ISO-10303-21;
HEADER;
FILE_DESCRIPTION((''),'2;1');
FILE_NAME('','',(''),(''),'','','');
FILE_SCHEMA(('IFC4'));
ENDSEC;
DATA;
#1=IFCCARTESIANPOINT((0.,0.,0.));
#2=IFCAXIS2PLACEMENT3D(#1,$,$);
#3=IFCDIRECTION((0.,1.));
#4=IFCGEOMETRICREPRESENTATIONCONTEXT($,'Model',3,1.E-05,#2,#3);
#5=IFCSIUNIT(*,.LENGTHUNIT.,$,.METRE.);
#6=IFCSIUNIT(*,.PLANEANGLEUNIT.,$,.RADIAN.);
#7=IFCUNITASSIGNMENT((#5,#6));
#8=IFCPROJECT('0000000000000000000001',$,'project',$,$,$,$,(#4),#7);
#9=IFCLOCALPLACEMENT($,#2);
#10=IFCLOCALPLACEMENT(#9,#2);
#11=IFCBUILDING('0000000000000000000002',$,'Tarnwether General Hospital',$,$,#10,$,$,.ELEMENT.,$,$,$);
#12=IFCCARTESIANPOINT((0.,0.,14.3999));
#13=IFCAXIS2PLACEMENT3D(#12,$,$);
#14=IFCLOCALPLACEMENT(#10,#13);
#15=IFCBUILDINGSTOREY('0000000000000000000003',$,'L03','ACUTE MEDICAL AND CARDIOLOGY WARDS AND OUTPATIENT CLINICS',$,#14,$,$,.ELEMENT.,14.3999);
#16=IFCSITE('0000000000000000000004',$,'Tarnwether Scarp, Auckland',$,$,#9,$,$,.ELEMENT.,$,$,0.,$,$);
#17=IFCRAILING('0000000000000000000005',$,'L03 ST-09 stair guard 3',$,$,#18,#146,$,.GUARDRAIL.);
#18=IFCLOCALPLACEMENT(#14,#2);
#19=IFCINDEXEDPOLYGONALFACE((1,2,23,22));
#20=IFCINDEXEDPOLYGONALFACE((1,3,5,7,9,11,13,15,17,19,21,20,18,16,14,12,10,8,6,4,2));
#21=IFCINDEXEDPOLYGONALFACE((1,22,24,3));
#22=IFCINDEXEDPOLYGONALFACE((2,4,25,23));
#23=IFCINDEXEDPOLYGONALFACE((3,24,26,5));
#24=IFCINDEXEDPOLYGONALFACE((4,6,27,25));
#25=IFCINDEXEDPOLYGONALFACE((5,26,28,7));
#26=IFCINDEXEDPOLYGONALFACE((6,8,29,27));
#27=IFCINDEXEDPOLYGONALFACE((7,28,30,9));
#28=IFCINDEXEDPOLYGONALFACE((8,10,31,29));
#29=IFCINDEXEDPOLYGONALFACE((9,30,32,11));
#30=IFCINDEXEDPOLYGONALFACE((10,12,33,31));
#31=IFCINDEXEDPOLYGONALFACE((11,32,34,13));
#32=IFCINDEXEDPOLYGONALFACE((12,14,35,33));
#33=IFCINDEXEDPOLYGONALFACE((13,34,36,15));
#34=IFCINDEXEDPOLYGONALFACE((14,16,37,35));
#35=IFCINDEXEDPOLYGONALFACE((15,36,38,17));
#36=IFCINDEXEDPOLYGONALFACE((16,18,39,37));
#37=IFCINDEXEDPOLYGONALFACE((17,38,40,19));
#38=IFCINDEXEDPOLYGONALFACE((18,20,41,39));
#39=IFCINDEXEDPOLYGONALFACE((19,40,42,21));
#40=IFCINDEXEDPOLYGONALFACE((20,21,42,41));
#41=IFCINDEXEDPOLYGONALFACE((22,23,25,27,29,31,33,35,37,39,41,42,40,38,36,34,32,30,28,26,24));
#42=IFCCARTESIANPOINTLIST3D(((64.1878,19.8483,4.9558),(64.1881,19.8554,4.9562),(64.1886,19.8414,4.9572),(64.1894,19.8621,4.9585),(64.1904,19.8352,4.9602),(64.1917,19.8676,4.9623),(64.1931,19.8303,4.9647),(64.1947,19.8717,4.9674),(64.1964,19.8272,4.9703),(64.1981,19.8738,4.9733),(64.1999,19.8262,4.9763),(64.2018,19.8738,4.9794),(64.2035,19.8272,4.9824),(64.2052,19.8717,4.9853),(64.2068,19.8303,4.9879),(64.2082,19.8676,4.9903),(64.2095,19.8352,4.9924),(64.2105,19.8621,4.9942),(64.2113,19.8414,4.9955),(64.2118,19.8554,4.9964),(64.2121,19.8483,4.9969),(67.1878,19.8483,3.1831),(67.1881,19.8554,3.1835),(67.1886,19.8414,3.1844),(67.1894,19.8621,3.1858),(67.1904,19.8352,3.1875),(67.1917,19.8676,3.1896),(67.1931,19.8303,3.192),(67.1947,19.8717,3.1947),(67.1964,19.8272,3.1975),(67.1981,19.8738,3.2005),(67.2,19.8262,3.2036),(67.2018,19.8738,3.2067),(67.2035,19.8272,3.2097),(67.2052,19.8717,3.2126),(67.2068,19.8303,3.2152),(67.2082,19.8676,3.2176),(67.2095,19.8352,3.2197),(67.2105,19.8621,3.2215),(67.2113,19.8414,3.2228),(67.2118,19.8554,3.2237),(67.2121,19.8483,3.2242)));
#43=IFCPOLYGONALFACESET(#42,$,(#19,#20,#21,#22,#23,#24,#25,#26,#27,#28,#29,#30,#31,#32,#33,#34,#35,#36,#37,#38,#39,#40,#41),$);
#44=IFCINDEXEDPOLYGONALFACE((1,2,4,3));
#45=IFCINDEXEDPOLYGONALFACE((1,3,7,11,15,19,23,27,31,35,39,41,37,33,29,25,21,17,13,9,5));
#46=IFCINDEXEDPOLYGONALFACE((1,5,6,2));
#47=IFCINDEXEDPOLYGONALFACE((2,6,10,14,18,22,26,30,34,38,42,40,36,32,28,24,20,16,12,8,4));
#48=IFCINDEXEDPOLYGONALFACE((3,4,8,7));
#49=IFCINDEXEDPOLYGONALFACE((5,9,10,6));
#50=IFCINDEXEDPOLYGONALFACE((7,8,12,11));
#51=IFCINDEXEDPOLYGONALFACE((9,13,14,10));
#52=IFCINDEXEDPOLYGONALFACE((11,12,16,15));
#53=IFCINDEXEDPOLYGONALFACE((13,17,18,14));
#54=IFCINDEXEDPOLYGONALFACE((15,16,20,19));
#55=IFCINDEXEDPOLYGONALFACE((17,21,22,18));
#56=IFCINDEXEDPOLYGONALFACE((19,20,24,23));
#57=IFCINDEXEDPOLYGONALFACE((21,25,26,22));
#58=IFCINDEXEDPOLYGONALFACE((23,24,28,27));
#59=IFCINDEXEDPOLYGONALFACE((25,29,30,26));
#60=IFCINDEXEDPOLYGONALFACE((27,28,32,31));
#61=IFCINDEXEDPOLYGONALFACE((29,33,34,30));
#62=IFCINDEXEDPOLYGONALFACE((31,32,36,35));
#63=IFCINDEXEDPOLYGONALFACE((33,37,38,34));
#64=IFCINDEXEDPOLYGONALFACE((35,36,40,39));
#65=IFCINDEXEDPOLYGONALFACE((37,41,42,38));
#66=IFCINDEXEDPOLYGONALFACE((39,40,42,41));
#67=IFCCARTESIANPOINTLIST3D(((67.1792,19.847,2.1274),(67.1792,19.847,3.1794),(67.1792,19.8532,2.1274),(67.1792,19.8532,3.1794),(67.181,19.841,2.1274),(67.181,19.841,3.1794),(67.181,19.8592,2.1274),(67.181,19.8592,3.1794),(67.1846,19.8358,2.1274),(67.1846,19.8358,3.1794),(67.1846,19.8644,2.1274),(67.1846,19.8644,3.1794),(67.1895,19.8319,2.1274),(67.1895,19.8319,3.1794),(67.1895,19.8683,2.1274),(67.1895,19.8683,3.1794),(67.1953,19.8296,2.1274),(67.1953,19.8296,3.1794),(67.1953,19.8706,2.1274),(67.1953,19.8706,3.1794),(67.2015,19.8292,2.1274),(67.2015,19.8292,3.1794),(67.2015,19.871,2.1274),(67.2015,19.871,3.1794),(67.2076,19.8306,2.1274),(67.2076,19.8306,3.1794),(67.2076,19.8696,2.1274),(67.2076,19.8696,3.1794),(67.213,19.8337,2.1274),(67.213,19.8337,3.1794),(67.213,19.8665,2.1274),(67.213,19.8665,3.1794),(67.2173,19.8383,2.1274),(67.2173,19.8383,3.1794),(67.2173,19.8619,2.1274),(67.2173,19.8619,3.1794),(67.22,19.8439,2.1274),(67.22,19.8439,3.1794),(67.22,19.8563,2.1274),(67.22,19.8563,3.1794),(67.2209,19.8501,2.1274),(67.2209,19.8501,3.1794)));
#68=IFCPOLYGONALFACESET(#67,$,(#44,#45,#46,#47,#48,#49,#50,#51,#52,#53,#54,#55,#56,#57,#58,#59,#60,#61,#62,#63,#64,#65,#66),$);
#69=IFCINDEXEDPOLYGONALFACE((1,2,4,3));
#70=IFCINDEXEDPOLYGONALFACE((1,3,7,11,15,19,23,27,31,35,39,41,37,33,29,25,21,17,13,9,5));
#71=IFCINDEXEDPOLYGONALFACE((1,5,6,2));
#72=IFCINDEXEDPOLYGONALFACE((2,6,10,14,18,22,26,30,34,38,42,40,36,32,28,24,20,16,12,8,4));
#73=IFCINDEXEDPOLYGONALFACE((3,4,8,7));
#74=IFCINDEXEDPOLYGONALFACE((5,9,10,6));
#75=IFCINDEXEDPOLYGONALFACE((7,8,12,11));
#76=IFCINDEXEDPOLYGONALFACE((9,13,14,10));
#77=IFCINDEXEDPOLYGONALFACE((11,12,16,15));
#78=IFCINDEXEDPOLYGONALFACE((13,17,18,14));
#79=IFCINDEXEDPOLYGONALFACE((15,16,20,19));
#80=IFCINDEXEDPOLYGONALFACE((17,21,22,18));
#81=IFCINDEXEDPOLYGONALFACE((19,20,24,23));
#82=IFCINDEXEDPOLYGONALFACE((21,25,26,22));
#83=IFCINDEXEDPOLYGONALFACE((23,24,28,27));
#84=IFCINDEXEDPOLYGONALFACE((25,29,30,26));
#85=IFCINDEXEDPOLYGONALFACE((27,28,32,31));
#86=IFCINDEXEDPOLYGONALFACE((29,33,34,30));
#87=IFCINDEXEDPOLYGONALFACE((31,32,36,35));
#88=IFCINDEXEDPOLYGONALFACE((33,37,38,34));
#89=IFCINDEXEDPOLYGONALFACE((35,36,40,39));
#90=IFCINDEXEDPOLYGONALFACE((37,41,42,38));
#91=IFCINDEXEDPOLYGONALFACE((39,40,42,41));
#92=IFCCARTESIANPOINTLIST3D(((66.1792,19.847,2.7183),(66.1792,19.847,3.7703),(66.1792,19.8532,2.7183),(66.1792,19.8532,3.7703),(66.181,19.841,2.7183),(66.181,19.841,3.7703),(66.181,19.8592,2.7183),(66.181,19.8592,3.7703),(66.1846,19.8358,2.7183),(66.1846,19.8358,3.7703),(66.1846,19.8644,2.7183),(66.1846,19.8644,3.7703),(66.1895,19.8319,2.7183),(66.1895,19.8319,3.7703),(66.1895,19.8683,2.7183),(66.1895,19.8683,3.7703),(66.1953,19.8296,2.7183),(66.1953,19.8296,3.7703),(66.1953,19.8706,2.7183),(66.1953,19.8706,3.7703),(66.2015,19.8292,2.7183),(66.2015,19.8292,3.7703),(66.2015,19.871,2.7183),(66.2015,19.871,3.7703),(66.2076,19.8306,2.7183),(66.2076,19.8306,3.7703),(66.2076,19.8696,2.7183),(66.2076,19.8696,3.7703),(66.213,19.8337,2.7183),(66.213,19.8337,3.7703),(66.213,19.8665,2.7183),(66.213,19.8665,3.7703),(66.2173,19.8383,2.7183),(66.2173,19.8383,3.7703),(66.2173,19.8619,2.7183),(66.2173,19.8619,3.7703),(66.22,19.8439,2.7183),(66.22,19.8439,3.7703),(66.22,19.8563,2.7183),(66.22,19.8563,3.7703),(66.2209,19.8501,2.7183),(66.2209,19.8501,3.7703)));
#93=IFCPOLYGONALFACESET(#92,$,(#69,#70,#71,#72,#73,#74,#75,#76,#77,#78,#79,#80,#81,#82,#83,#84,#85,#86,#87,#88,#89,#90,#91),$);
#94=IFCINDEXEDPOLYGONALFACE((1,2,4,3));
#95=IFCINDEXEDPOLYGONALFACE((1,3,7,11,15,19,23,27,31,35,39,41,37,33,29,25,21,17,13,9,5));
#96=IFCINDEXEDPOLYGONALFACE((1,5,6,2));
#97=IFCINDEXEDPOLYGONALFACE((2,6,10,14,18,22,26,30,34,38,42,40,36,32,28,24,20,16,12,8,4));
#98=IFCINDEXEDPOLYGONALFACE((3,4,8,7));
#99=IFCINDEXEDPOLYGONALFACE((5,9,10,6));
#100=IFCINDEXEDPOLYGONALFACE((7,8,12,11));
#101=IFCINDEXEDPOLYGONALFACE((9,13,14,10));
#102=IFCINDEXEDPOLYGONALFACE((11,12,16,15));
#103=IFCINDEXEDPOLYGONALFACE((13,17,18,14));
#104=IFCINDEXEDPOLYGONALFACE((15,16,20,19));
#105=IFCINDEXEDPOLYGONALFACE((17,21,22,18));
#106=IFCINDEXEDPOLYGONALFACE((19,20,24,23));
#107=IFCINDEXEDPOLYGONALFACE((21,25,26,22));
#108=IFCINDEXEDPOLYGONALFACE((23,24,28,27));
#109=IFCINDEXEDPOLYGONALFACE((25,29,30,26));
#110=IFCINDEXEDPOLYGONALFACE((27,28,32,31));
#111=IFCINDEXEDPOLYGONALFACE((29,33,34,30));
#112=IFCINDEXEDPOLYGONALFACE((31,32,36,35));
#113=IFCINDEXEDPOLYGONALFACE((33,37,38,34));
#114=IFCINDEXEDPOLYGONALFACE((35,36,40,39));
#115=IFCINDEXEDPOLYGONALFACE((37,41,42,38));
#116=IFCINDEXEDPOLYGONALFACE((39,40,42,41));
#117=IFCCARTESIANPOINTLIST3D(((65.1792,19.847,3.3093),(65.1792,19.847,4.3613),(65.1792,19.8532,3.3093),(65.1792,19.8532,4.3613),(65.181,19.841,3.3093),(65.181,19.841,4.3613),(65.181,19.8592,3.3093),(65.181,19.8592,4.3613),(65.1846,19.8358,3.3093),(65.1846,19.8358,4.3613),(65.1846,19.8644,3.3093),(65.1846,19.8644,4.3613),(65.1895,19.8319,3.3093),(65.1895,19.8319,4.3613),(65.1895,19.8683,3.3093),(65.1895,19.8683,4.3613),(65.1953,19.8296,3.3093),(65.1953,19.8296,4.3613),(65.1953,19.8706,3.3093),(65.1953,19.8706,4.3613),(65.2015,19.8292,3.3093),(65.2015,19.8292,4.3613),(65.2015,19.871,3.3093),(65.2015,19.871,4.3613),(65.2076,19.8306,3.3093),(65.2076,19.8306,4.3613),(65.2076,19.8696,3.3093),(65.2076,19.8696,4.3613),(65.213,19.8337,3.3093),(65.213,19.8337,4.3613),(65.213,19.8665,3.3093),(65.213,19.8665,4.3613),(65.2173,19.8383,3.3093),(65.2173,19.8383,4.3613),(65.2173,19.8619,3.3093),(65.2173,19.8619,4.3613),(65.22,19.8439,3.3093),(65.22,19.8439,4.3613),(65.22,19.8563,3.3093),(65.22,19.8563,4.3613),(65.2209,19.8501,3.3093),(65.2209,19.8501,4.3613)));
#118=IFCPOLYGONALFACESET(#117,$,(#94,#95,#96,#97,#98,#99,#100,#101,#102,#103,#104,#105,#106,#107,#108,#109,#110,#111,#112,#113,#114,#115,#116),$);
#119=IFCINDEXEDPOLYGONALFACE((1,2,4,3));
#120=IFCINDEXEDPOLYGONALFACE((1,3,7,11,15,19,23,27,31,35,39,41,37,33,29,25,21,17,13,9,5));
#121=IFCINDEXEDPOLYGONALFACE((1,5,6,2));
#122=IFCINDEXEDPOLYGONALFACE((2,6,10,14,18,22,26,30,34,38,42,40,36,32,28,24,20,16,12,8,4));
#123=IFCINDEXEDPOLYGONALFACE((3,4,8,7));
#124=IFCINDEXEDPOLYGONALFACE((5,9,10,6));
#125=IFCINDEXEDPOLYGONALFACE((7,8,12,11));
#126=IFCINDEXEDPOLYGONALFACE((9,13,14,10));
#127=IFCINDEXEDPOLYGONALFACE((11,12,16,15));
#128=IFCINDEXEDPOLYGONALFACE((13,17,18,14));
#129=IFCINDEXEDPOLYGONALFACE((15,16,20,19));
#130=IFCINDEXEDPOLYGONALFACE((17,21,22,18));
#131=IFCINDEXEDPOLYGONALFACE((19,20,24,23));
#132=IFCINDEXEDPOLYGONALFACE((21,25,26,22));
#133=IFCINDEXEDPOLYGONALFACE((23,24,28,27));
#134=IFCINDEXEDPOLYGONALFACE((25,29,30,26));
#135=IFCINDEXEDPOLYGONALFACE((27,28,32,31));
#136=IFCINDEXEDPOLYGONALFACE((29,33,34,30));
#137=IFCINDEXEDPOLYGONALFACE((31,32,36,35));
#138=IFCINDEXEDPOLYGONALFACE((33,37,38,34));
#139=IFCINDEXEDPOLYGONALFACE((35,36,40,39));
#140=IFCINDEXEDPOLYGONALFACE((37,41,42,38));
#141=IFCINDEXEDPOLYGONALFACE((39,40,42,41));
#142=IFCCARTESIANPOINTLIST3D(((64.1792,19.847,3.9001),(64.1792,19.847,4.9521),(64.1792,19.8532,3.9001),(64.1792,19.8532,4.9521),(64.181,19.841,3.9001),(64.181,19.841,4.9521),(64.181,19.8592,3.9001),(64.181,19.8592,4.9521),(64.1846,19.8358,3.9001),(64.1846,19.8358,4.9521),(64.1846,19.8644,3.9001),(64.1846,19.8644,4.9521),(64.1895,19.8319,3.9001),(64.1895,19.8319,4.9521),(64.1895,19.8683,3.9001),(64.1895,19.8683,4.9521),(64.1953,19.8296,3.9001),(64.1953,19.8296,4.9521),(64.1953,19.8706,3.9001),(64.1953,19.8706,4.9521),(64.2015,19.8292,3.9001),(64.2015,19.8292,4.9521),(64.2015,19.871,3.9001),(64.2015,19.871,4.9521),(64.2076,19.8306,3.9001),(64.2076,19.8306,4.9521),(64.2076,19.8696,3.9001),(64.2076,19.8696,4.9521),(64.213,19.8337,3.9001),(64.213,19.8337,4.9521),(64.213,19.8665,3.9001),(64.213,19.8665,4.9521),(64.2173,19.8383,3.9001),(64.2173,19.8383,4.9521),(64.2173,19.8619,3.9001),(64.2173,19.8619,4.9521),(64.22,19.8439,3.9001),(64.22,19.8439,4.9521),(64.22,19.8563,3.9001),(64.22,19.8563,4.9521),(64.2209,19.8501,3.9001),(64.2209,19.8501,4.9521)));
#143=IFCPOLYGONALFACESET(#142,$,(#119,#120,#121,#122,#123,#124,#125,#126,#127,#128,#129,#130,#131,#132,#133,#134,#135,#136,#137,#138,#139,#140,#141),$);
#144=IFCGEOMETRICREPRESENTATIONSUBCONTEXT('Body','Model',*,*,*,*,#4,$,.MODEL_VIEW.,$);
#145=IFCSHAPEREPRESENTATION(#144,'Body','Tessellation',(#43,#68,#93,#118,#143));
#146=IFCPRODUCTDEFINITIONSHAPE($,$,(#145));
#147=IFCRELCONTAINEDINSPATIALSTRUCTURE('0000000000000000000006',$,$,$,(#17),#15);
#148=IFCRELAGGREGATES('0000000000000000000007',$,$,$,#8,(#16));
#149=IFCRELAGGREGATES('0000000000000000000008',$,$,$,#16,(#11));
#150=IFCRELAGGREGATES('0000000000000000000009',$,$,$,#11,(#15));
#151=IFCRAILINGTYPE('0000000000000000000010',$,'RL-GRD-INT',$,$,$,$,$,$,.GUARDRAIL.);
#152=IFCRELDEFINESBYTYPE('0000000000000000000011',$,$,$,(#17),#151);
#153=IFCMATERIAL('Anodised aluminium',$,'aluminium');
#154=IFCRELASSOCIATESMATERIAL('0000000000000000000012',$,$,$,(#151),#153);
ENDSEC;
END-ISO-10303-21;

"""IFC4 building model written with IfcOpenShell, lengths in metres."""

from ifc_helpers import new_model, si_unit, direction, frame, origin, origin_2d, place, context, subcontext, project, spatial, circle, extrude, material, type_object, element, save


model = new_model("IFC4")

# Units and contexts
model_context = context("Model", 3, precision=1e-05, world=origin(), true_north=direction((0.0, 1.0)))
body_context = subcontext(model_context, "Body", "Model", "MODEL_VIEW")
ifc_project = project(units=[si_unit("LENGTHUNIT", "METRE"), si_unit("PLANEANGLEUNIT", "RADIAN")], contexts=[model_context])

# Site, building, storey
site_placement = place(None, origin())
site = spatial("IfcSite", under=ifc_project, at=site_placement, Name="Tarnwether Scarp, Auckland", CompositionType="ELEMENT", RefElevation=0.0)
building_placement = place(site_placement, origin())
building = spatial("IfcBuilding", under=site, at=building_placement, Name="Tarnwether General Hospital", CompositionType="ELEMENT")
storey_placement = place(building_placement, frame((0.0, 0.0, 14.3999)))
storey = spatial("IfcBuildingStorey", under=building, at=storey_placement, Name="L03", Description="ACUTE MEDICAL AND CARDIOLOGY WARDS AND OUTPATIENT CLINICS", CompositionType="ELEMENT", Elevation=14.3999)

# Railing
ifc_material_1 = material(Name="Anodised aluminium", Category="aluminium")
railing_type = type_object("IfcRailingType", Name="RL-GRD-INT", PredefinedType="GUARDRAIL", material=ifc_material_1)
railing_1_placement = place(storey_placement, frame((67.2, 19.8501, 2.1274)))
element("IfcRailing", 1, at=railing_1_placement, inside=storey, type_object=railing_type, Name="L03 ST-09 stair guard 3", PredefinedType="GUARDRAIL", context=body_context, shape_type="SweptSolid", body=[
    extrude(circle(Radius=0.0239, at=origin_2d()), frame((0.0, 0.0, 1.0762), z_axis=(-0.860929, 0.0, 0.508725), x_axis=(0.0, -1.0, 0.0)), (0.0, 0.0, 1.0), 3.4846),
    extrude(circle(Radius=0.021, at=origin_2d()), origin(), (0.0, 0.0, 1.0), 1.052),
    extrude(circle(Radius=0.021, at=origin_2d()), frame((-1.0, 0.0, 0.5908)), (0.0, 0.0, 1.0), 1.052),
    extrude(circle(Radius=0.021, at=origin_2d()), frame((-2.0, 0.0, 1.1819)), (0.0, 0.0, 1.0), 1.052),
    extrude(circle(Radius=0.021, at=origin_2d()), frame((-3.0, 0.0, 1.7727)), (0.0, 0.0, 1.0), 1.052),
])

save(model, "model.ifc")
